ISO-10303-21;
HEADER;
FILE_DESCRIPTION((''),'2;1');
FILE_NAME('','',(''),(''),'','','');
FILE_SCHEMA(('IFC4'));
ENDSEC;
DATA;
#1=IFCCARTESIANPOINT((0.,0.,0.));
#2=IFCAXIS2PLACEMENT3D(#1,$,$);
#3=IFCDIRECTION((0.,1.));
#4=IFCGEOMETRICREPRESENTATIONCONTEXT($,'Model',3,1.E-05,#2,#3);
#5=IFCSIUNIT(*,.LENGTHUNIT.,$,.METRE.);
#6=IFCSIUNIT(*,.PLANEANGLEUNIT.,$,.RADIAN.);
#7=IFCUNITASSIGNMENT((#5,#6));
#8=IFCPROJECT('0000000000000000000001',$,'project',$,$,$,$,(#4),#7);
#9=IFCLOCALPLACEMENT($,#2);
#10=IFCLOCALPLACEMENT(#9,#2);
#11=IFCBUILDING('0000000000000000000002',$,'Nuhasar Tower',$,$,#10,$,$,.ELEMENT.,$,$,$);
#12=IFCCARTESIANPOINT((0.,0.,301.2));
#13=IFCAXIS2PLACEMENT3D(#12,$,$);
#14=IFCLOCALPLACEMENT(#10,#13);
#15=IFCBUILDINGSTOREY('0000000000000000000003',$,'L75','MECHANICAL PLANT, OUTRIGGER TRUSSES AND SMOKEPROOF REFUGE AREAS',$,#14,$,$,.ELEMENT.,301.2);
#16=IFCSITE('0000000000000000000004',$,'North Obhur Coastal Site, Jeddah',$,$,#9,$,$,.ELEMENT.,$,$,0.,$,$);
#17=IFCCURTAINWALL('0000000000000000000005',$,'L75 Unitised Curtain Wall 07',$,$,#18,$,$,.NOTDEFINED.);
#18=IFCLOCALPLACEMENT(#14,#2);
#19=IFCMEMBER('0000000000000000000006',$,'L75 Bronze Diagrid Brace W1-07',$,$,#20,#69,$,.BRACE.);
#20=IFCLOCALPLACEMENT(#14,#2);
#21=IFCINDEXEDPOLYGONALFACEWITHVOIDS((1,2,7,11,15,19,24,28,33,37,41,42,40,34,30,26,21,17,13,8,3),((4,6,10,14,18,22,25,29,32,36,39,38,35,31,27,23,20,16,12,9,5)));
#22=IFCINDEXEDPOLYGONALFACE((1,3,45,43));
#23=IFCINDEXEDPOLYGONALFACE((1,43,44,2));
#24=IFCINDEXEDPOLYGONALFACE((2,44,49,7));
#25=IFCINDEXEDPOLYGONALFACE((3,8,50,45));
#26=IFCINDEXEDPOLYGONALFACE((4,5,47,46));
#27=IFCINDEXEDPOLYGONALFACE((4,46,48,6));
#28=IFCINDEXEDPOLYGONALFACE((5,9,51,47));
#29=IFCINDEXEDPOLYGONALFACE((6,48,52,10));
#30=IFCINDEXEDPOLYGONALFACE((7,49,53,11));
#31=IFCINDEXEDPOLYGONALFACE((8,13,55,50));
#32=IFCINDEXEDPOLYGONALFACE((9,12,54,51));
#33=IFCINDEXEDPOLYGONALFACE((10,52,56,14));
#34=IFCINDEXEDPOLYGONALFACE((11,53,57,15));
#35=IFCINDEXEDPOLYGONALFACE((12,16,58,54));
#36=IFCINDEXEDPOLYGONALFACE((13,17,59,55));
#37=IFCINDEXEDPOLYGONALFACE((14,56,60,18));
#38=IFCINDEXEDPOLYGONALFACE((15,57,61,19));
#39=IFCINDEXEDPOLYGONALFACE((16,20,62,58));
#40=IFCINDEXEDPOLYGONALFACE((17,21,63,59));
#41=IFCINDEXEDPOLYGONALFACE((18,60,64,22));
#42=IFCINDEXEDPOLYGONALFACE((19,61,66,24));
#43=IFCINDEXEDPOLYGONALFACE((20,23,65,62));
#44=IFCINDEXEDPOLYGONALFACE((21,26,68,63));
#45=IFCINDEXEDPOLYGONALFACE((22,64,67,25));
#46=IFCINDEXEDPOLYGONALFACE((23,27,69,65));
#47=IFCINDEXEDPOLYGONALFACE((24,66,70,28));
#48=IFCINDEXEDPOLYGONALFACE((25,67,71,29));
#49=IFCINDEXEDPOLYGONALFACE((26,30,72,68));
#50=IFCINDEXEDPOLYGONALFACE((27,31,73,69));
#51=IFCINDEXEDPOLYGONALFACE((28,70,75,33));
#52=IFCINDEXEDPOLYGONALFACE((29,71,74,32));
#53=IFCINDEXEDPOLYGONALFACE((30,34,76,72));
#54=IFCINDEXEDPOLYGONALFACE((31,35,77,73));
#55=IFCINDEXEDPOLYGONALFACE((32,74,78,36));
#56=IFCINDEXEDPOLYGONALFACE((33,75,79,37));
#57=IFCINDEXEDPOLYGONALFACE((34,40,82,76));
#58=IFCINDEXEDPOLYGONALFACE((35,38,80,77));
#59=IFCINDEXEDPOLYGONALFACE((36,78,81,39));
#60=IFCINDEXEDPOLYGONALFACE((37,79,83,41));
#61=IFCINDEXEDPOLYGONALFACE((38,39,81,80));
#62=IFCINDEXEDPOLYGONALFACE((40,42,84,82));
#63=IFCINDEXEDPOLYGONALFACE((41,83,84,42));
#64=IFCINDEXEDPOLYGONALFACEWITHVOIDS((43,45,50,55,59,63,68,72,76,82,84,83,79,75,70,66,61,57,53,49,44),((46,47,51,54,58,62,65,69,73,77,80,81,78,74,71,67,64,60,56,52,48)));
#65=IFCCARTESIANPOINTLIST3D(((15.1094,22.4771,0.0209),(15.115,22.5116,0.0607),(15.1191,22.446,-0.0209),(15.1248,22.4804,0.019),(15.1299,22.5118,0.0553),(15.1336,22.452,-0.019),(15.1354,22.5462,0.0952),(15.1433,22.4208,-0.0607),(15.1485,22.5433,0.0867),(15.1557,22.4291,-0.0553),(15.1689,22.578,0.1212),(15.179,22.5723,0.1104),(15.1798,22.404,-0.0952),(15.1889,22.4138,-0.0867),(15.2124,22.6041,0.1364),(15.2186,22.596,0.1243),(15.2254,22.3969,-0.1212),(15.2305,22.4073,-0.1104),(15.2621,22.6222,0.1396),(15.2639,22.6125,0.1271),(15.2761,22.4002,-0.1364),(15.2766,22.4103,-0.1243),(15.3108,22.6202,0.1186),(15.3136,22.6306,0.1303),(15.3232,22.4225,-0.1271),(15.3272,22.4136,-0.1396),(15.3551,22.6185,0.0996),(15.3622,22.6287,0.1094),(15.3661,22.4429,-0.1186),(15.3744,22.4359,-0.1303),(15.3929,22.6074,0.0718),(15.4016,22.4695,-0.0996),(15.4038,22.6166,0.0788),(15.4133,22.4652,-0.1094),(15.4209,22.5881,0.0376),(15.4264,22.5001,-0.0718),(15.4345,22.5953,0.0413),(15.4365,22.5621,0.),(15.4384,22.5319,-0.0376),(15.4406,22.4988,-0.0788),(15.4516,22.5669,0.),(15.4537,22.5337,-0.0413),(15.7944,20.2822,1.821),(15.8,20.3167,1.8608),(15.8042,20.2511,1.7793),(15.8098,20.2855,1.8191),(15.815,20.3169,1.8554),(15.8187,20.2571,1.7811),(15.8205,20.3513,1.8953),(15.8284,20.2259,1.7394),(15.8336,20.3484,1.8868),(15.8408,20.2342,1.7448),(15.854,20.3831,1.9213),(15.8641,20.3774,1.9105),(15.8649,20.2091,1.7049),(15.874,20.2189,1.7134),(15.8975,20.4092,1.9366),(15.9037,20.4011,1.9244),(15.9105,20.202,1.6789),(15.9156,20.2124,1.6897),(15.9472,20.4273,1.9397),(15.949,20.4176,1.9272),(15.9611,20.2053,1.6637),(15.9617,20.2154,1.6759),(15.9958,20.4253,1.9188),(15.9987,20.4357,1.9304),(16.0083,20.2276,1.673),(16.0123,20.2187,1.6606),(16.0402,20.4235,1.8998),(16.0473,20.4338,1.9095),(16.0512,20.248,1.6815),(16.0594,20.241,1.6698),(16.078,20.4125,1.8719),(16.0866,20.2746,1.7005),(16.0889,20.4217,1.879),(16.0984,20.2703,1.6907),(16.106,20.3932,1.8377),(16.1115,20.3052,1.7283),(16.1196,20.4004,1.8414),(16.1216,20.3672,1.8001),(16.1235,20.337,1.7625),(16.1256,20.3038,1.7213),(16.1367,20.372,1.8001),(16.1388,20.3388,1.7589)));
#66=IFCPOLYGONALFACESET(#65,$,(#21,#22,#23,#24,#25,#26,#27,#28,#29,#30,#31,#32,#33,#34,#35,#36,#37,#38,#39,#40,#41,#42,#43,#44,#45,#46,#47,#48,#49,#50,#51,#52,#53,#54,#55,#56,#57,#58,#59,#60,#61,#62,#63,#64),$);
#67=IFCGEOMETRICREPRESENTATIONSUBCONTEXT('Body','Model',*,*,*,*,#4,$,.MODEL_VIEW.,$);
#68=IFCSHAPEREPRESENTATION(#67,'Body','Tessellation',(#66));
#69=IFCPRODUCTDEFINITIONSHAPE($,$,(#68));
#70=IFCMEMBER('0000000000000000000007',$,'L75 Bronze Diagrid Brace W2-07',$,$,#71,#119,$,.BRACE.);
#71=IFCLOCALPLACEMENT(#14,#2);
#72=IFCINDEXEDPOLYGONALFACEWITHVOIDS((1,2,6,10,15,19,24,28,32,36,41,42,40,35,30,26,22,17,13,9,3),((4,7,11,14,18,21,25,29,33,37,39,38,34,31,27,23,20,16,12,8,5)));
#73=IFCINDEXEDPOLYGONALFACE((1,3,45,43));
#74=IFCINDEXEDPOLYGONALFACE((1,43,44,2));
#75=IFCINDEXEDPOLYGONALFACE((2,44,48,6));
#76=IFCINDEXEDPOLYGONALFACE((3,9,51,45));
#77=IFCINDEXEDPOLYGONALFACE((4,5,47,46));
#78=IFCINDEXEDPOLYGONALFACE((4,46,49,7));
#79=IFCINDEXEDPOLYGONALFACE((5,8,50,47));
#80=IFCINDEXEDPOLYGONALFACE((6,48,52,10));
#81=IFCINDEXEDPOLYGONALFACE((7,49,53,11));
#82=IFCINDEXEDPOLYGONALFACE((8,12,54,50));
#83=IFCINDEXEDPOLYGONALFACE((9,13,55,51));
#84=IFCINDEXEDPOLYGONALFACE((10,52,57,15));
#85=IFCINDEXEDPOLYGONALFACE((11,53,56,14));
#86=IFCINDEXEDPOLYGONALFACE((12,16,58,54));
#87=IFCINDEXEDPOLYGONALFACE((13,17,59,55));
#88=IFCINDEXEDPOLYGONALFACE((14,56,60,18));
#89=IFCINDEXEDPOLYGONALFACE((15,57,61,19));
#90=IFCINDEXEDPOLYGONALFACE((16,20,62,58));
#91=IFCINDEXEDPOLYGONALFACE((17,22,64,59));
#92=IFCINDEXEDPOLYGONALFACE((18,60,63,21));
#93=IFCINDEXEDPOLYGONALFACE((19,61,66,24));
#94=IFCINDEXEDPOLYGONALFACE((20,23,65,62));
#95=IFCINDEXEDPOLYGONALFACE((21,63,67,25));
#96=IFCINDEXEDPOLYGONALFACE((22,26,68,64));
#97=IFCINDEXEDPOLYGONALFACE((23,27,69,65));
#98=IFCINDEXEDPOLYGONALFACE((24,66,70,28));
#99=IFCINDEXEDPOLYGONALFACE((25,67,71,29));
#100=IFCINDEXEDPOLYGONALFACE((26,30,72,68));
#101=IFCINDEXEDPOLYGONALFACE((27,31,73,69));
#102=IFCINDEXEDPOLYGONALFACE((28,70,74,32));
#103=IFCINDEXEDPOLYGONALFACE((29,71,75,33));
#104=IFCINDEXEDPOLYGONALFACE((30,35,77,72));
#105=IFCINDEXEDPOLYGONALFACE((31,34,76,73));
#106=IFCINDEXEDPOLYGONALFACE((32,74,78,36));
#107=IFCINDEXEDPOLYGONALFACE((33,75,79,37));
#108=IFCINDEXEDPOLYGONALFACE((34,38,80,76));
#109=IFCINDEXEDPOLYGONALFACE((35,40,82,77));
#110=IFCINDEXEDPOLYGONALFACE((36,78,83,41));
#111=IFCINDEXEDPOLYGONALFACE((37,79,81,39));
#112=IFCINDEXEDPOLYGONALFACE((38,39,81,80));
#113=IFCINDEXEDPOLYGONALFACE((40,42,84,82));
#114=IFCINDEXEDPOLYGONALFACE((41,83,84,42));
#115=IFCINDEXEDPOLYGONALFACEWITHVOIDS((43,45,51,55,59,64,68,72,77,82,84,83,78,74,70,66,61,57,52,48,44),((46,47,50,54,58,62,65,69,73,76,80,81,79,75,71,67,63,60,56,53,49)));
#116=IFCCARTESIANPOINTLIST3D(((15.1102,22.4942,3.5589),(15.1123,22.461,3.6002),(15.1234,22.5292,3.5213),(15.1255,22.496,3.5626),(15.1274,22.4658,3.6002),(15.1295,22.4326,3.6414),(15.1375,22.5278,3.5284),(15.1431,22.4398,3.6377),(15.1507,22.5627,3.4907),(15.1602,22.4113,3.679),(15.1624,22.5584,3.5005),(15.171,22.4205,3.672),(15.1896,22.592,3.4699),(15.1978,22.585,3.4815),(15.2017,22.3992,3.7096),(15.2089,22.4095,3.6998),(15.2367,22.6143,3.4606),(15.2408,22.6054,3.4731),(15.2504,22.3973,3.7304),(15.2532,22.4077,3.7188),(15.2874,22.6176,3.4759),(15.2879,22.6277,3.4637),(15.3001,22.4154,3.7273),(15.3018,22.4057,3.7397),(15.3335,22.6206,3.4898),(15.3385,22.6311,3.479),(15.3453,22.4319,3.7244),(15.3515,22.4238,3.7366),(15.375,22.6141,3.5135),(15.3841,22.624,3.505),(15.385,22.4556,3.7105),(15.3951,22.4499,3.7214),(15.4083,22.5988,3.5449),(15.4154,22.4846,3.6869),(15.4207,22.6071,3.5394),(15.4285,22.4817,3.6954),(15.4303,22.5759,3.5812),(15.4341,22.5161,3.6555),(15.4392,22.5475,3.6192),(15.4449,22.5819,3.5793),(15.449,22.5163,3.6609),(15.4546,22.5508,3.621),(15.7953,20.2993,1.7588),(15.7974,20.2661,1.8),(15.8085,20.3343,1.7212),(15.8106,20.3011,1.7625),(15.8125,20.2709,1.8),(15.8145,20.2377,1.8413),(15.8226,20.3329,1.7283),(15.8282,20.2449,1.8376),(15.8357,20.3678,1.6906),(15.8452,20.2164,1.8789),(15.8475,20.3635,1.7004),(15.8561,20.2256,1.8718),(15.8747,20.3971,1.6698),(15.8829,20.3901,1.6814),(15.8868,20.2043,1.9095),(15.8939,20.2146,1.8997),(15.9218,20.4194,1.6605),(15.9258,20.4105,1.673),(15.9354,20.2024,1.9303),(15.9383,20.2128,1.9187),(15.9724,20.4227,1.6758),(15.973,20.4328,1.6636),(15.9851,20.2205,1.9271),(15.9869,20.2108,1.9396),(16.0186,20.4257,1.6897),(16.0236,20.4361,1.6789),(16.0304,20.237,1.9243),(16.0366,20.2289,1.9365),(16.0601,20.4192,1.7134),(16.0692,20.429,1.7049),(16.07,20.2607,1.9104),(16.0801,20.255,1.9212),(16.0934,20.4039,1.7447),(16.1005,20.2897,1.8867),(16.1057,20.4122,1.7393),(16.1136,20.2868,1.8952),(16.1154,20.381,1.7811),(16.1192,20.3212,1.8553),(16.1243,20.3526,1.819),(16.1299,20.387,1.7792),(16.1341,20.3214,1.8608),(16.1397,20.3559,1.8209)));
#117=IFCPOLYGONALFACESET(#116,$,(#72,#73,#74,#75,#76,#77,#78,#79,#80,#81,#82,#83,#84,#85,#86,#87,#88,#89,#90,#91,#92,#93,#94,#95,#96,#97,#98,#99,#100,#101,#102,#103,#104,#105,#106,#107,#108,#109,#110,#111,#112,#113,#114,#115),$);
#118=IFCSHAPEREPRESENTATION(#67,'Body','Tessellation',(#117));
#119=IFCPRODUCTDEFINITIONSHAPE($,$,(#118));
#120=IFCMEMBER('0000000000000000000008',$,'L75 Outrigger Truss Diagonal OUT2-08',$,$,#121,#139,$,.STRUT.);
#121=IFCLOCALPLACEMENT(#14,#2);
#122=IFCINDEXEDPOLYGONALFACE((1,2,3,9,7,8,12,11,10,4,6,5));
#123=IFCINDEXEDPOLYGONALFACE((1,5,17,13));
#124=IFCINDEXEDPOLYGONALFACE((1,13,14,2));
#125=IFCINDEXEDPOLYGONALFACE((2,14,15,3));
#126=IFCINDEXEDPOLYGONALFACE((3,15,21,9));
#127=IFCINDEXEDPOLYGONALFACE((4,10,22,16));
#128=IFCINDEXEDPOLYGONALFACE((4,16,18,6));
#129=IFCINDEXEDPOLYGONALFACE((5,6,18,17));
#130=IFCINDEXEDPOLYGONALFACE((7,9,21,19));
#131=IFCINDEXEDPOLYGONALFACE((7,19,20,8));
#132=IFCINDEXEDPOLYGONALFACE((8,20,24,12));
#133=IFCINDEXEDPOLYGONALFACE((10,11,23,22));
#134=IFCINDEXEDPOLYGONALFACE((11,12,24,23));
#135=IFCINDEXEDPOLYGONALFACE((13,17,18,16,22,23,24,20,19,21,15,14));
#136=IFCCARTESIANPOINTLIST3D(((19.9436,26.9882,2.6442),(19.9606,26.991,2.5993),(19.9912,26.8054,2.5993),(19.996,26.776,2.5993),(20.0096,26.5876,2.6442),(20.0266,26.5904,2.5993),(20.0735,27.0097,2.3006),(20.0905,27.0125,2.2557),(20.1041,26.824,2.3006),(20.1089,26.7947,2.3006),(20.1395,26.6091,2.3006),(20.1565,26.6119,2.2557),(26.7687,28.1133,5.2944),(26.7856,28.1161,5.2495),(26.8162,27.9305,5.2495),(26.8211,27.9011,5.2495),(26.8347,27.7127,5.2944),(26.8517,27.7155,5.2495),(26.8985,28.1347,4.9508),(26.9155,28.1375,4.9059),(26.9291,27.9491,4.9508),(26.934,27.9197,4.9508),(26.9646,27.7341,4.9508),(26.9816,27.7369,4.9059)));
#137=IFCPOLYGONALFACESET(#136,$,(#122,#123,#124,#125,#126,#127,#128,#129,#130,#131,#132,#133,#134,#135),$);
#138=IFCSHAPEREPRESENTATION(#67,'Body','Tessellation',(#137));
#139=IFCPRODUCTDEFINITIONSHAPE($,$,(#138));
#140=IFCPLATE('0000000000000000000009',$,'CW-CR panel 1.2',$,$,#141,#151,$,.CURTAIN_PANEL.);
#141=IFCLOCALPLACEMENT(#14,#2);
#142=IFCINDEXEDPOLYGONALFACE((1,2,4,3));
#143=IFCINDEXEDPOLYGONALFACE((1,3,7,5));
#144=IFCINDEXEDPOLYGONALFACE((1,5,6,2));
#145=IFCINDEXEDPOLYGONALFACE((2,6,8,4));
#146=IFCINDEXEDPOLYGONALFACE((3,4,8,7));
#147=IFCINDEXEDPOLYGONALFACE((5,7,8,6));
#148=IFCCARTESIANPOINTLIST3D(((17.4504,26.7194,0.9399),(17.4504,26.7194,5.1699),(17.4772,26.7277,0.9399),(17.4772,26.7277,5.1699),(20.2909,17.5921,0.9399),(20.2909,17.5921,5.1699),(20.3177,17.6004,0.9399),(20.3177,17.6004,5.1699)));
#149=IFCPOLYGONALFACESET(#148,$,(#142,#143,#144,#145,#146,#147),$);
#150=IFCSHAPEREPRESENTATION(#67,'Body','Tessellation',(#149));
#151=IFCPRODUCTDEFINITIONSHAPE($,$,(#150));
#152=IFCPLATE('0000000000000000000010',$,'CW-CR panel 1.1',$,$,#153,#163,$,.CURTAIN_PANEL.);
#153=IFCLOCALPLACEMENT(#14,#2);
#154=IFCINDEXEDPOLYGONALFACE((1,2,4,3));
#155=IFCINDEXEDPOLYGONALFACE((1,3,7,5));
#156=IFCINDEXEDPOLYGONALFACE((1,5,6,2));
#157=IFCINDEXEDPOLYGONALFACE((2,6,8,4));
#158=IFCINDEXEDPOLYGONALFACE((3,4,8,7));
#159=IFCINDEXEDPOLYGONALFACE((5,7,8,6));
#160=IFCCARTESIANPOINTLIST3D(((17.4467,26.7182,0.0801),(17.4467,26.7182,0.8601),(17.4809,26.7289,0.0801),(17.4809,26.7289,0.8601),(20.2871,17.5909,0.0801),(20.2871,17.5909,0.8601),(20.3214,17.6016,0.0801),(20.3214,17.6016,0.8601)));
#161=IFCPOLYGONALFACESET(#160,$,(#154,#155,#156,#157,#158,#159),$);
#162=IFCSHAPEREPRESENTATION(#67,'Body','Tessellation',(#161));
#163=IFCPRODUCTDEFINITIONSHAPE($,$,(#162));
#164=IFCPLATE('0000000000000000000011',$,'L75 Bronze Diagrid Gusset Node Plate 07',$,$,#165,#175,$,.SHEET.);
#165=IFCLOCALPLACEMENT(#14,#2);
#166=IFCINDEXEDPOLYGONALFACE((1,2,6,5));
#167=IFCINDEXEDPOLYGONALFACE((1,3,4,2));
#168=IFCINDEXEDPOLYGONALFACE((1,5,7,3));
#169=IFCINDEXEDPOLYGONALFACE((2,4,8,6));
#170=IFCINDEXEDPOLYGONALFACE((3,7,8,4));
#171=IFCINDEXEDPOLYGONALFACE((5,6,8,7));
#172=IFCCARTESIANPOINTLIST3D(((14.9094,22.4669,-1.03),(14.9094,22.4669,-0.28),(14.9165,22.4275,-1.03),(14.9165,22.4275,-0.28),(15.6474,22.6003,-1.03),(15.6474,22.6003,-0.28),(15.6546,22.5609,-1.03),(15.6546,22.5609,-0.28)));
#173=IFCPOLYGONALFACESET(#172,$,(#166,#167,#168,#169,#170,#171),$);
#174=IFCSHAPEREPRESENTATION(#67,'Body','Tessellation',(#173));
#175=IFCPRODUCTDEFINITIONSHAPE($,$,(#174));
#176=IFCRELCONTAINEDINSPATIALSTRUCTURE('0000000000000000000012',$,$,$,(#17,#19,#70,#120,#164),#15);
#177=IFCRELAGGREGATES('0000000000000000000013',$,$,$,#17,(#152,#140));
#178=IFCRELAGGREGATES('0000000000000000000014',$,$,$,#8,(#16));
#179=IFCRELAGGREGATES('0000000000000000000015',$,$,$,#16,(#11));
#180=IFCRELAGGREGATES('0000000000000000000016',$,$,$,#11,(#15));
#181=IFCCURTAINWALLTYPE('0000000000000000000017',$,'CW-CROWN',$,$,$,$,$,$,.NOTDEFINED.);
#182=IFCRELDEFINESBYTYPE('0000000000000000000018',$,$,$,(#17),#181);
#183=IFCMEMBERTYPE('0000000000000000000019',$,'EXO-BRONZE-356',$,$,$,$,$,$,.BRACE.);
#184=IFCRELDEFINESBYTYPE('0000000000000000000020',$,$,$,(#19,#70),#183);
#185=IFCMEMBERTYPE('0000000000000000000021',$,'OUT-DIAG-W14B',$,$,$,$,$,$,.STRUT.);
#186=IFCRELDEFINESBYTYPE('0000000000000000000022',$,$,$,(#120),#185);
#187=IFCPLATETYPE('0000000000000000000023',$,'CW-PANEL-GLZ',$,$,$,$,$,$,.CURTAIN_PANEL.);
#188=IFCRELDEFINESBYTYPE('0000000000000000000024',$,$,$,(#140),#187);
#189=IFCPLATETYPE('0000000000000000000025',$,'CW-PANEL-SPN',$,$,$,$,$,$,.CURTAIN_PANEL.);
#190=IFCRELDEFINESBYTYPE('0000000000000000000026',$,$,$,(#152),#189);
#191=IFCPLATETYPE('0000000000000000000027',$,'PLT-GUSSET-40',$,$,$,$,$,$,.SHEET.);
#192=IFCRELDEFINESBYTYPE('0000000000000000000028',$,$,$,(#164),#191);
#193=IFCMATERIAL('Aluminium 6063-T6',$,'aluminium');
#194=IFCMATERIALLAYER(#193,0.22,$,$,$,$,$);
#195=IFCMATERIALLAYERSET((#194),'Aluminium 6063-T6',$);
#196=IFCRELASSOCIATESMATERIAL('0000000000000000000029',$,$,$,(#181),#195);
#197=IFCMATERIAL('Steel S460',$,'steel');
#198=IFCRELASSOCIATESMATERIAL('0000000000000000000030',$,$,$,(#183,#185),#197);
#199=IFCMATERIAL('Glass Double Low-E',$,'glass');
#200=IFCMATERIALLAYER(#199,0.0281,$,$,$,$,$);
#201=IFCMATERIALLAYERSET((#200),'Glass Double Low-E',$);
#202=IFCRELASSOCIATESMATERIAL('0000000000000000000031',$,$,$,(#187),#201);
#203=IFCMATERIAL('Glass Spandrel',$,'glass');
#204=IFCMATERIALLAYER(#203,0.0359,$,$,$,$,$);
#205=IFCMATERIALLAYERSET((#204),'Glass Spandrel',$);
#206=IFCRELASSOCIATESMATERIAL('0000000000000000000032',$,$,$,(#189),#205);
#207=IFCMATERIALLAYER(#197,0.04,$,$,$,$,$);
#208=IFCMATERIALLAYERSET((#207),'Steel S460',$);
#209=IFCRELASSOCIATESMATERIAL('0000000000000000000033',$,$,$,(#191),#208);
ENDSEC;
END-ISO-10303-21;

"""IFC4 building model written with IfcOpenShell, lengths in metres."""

from ifc_helpers import new_model, si_unit, direction, frame, origin, origin_2d, place, context, subcontext, project, spatial, rectangle, hollow_circle, i_section, extrude, material, layer, layer_set, material_profile, profile_set, type_object, element, aggregate, save


model = new_model("IFC4")

# Units and contexts
model_context = context("Model", 3, precision=1e-05, world=origin(), true_north=direction((0.0, 1.0)))
body_context = subcontext(model_context, "Body", "Model", "MODEL_VIEW")
ifc_project = project(units=[si_unit("LENGTHUNIT", "METRE"), si_unit("PLANEANGLEUNIT", "RADIAN")], contexts=[model_context])

# Site, building, storey
site_placement = place(None, origin())
site = spatial("IfcSite", under=ifc_project, at=site_placement, Name="North Obhur Coastal Site, Jeddah", CompositionType="ELEMENT", RefElevation=0.0)
building_placement = place(site_placement, origin())
building = spatial("IfcBuilding", under=site, at=building_placement, Name="Nuhasar Tower", CompositionType="ELEMENT")
storey_placement = place(building_placement, frame((0.0, 0.0, 301.2)))
storey = spatial("IfcBuildingStorey", under=building, at=storey_placement, Name="L75", Description="MECHANICAL PLANT, OUTRIGGER TRUSSES AND SMOKEPROOF REFUGE AREAS", CompositionType="ELEMENT", Elevation=301.2)

# Shared definitions
ifc_material_1 = material(Name="Steel S460", Category="steel")

# Curtain wall
ifc_material_2 = material(Name="Aluminium 6063-T6", Category="aluminium")
ifc_layer_1 = layer(ifc_material_2, 0.22)
ifc_layer_set_1 = layer_set([ifc_layer_1], Name="Aluminium 6063-T6")
curtain_wall_type = type_object("IfcCurtainWallType", Name="CW-CROWN", PredefinedType="NOTDEFINED", material=ifc_layer_set_1)
curtain_wall_1_placement = place(storey_placement, origin())
curtain_wall_1 = element("IfcCurtainWall", 1, at=curtain_wall_1_placement, inside=storey, type_object=curtain_wall_type, Name="L75 Unitised Curtain Wall 07", PredefinedType="NOTDEFINED")

# Members
ifc_material_profile_1 = material_profile(ifc_material_1, hollow_circle(Radius=0.1777, WallThickness=0.0159, at=origin_2d()), Name="HSS355.6X15.9")
ifc_profile_set_1 = profile_set([ifc_material_profile_1], Name="Steel S460")
member_type_1 = type_object("IfcMemberType", Name="EXO-BRONZE-356", PredefinedType="BRACE", material=ifc_profile_set_1)
for number, where, z_axis, x_axis, name in (
    (2, (15.282, 22.5139, 0.0), (0.234605, -0.751637, 0.616443), (0.954582, 0.297948, 0.0), "L75 Bronze Diagrid Brace W1-07"),
    (3, (15.967, 20.3191, 1.8), (-0.234605, 0.751637, 0.616443), (-0.954582, -0.297948, 0.0), "L75 Bronze Diagrid Brace W2-07"),
):
    element("IfcMember", number, at=place(storey_placement, frame(where, z_axis=z_axis, x_axis=x_axis)), inside=storey, type_object=member_type_1, Name=name, PredefinedType="BRACE", context=body_context, shape_type="SweptSolid", body=[
        extrude(hollow_circle(Radius=0.1777, WallThickness=0.0159, at=origin_2d()), origin(), (0.0, 0.0, 1.0), 2.9202),
    ])
ifc_material_profile_2 = material_profile(ifc_material_1, i_section(OverallWidth=0.406, OverallDepth=0.416, WebThickness=0.0298, FlangeThickness=0.0481, at=origin_2d()), Name="W14X257")
ifc_profile_set_2 = profile_set([ifc_material_profile_2], Name="Steel S460")
member_type_2 = type_object("IfcMemberType", Name="OUT-DIAG-W14B", PredefinedType="STRUT", material=ifc_profile_set_2)
member_1_placement = place(storey_placement, frame((20.05, 26.8, 2.45), z_axis=(0.921375, 0.151876, 0.357772), x_axis=(-0.162642, 0.986685, 0.0)))
element("IfcMember", 4, at=member_1_placement, inside=storey, type_object=member_type_2, Name="L75 Outrigger Truss Diagonal OUT2-08", PredefinedType="STRUT", context=body_context, shape_type="SweptSolid", body=[
    extrude(i_section(OverallWidth=0.406, OverallDepth=0.416, WebThickness=0.0298, FlangeThickness=0.0481, at=origin_2d()), origin(), (0.0, 0.0, 1.0), 7.4075),
])

# Plates
ifc_material_3 = material(Name="Glass Double Low-E", Category="glass")
ifc_layer_2 = layer(ifc_material_3, 0.0281)
ifc_layer_set_2 = layer_set([ifc_layer_2], Name="Glass Double Low-E")
plate_type_1 = type_object("IfcPlateType", Name="CW-PANEL-GLZ", PredefinedType="CURTAIN_PANEL", material=ifc_layer_set_2)
plate_1_placement = place(storey_placement, frame((18.884, 22.1599, 0.9399), z_axis=(0.0, 0.0, 1.0), x_axis=(0.29715, -0.954831, 0.0)))
plate_1 = element("IfcPlate", 5, at=plate_1_placement, type_object=plate_type_1, Name="CW-CR panel 1.2", PredefinedType="CURTAIN_PANEL", context=body_context, shape_type="SweptSolid", body=[
    extrude(rectangle(XDim=9.5591, YDim=0.0281, at=origin_2d()), origin(), (0.0, 0.0, 1.0), 4.23),
])
ifc_material_4 = material(Name="Glass Spandrel", Category="glass")
ifc_layer_3 = layer(ifc_material_4, 0.0359)
ifc_layer_set_3 = layer_set([ifc_layer_3], Name="Glass Spandrel")
plate_type_2 = type_object("IfcPlateType", Name="CW-PANEL-SPN", PredefinedType="CURTAIN_PANEL", material=ifc_layer_set_3)
plate_2_placement = place(storey_placement, frame((18.884, 22.1599, 0.0801), z_axis=(0.0, 0.0, 1.0), x_axis=(0.29715, -0.954831, 0.0)))
plate_2 = element("IfcPlate", 6, at=plate_2_placement, type_object=plate_type_2, Name="CW-CR panel 1.1", PredefinedType="CURTAIN_PANEL", context=body_context, shape_type="SweptSolid", body=[
    extrude(rectangle(XDim=9.5591, YDim=0.0359, at=origin_2d()), origin(), (0.0, 0.0, 1.0), 0.78),
])
aggregate(curtain_wall_1, [plate_2, plate_1])
ifc_layer_4 = layer(ifc_material_1, 0.04)
ifc_layer_set_4 = layer_set([ifc_layer_4], Name="Steel S460")
plate_type_3 = type_object("IfcPlateType", Name="PLT-GUSSET-40", PredefinedType="SHEET", material=ifc_layer_set_4)
plate_3_placement = place(storey_placement, frame((15.282, 22.5139, -1.03), z_axis=(0.0, 0.0, 1.0), x_axis=(-0.984062, -0.177823, 0.0)))
element("IfcPlate", 7, at=plate_3_placement, inside=storey, type_object=plate_type_3, Name="L75 Bronze Diagrid Gusset Node Plate 07", PredefinedType="SHEET", context=body_context, shape_type="SweptSolid", body=[
    extrude(rectangle(XDim=0.75, YDim=0.04, at=origin_2d()), origin(), (0.0, 0.0, 1.0), 0.75),
])

save(model, "model.ifc")
